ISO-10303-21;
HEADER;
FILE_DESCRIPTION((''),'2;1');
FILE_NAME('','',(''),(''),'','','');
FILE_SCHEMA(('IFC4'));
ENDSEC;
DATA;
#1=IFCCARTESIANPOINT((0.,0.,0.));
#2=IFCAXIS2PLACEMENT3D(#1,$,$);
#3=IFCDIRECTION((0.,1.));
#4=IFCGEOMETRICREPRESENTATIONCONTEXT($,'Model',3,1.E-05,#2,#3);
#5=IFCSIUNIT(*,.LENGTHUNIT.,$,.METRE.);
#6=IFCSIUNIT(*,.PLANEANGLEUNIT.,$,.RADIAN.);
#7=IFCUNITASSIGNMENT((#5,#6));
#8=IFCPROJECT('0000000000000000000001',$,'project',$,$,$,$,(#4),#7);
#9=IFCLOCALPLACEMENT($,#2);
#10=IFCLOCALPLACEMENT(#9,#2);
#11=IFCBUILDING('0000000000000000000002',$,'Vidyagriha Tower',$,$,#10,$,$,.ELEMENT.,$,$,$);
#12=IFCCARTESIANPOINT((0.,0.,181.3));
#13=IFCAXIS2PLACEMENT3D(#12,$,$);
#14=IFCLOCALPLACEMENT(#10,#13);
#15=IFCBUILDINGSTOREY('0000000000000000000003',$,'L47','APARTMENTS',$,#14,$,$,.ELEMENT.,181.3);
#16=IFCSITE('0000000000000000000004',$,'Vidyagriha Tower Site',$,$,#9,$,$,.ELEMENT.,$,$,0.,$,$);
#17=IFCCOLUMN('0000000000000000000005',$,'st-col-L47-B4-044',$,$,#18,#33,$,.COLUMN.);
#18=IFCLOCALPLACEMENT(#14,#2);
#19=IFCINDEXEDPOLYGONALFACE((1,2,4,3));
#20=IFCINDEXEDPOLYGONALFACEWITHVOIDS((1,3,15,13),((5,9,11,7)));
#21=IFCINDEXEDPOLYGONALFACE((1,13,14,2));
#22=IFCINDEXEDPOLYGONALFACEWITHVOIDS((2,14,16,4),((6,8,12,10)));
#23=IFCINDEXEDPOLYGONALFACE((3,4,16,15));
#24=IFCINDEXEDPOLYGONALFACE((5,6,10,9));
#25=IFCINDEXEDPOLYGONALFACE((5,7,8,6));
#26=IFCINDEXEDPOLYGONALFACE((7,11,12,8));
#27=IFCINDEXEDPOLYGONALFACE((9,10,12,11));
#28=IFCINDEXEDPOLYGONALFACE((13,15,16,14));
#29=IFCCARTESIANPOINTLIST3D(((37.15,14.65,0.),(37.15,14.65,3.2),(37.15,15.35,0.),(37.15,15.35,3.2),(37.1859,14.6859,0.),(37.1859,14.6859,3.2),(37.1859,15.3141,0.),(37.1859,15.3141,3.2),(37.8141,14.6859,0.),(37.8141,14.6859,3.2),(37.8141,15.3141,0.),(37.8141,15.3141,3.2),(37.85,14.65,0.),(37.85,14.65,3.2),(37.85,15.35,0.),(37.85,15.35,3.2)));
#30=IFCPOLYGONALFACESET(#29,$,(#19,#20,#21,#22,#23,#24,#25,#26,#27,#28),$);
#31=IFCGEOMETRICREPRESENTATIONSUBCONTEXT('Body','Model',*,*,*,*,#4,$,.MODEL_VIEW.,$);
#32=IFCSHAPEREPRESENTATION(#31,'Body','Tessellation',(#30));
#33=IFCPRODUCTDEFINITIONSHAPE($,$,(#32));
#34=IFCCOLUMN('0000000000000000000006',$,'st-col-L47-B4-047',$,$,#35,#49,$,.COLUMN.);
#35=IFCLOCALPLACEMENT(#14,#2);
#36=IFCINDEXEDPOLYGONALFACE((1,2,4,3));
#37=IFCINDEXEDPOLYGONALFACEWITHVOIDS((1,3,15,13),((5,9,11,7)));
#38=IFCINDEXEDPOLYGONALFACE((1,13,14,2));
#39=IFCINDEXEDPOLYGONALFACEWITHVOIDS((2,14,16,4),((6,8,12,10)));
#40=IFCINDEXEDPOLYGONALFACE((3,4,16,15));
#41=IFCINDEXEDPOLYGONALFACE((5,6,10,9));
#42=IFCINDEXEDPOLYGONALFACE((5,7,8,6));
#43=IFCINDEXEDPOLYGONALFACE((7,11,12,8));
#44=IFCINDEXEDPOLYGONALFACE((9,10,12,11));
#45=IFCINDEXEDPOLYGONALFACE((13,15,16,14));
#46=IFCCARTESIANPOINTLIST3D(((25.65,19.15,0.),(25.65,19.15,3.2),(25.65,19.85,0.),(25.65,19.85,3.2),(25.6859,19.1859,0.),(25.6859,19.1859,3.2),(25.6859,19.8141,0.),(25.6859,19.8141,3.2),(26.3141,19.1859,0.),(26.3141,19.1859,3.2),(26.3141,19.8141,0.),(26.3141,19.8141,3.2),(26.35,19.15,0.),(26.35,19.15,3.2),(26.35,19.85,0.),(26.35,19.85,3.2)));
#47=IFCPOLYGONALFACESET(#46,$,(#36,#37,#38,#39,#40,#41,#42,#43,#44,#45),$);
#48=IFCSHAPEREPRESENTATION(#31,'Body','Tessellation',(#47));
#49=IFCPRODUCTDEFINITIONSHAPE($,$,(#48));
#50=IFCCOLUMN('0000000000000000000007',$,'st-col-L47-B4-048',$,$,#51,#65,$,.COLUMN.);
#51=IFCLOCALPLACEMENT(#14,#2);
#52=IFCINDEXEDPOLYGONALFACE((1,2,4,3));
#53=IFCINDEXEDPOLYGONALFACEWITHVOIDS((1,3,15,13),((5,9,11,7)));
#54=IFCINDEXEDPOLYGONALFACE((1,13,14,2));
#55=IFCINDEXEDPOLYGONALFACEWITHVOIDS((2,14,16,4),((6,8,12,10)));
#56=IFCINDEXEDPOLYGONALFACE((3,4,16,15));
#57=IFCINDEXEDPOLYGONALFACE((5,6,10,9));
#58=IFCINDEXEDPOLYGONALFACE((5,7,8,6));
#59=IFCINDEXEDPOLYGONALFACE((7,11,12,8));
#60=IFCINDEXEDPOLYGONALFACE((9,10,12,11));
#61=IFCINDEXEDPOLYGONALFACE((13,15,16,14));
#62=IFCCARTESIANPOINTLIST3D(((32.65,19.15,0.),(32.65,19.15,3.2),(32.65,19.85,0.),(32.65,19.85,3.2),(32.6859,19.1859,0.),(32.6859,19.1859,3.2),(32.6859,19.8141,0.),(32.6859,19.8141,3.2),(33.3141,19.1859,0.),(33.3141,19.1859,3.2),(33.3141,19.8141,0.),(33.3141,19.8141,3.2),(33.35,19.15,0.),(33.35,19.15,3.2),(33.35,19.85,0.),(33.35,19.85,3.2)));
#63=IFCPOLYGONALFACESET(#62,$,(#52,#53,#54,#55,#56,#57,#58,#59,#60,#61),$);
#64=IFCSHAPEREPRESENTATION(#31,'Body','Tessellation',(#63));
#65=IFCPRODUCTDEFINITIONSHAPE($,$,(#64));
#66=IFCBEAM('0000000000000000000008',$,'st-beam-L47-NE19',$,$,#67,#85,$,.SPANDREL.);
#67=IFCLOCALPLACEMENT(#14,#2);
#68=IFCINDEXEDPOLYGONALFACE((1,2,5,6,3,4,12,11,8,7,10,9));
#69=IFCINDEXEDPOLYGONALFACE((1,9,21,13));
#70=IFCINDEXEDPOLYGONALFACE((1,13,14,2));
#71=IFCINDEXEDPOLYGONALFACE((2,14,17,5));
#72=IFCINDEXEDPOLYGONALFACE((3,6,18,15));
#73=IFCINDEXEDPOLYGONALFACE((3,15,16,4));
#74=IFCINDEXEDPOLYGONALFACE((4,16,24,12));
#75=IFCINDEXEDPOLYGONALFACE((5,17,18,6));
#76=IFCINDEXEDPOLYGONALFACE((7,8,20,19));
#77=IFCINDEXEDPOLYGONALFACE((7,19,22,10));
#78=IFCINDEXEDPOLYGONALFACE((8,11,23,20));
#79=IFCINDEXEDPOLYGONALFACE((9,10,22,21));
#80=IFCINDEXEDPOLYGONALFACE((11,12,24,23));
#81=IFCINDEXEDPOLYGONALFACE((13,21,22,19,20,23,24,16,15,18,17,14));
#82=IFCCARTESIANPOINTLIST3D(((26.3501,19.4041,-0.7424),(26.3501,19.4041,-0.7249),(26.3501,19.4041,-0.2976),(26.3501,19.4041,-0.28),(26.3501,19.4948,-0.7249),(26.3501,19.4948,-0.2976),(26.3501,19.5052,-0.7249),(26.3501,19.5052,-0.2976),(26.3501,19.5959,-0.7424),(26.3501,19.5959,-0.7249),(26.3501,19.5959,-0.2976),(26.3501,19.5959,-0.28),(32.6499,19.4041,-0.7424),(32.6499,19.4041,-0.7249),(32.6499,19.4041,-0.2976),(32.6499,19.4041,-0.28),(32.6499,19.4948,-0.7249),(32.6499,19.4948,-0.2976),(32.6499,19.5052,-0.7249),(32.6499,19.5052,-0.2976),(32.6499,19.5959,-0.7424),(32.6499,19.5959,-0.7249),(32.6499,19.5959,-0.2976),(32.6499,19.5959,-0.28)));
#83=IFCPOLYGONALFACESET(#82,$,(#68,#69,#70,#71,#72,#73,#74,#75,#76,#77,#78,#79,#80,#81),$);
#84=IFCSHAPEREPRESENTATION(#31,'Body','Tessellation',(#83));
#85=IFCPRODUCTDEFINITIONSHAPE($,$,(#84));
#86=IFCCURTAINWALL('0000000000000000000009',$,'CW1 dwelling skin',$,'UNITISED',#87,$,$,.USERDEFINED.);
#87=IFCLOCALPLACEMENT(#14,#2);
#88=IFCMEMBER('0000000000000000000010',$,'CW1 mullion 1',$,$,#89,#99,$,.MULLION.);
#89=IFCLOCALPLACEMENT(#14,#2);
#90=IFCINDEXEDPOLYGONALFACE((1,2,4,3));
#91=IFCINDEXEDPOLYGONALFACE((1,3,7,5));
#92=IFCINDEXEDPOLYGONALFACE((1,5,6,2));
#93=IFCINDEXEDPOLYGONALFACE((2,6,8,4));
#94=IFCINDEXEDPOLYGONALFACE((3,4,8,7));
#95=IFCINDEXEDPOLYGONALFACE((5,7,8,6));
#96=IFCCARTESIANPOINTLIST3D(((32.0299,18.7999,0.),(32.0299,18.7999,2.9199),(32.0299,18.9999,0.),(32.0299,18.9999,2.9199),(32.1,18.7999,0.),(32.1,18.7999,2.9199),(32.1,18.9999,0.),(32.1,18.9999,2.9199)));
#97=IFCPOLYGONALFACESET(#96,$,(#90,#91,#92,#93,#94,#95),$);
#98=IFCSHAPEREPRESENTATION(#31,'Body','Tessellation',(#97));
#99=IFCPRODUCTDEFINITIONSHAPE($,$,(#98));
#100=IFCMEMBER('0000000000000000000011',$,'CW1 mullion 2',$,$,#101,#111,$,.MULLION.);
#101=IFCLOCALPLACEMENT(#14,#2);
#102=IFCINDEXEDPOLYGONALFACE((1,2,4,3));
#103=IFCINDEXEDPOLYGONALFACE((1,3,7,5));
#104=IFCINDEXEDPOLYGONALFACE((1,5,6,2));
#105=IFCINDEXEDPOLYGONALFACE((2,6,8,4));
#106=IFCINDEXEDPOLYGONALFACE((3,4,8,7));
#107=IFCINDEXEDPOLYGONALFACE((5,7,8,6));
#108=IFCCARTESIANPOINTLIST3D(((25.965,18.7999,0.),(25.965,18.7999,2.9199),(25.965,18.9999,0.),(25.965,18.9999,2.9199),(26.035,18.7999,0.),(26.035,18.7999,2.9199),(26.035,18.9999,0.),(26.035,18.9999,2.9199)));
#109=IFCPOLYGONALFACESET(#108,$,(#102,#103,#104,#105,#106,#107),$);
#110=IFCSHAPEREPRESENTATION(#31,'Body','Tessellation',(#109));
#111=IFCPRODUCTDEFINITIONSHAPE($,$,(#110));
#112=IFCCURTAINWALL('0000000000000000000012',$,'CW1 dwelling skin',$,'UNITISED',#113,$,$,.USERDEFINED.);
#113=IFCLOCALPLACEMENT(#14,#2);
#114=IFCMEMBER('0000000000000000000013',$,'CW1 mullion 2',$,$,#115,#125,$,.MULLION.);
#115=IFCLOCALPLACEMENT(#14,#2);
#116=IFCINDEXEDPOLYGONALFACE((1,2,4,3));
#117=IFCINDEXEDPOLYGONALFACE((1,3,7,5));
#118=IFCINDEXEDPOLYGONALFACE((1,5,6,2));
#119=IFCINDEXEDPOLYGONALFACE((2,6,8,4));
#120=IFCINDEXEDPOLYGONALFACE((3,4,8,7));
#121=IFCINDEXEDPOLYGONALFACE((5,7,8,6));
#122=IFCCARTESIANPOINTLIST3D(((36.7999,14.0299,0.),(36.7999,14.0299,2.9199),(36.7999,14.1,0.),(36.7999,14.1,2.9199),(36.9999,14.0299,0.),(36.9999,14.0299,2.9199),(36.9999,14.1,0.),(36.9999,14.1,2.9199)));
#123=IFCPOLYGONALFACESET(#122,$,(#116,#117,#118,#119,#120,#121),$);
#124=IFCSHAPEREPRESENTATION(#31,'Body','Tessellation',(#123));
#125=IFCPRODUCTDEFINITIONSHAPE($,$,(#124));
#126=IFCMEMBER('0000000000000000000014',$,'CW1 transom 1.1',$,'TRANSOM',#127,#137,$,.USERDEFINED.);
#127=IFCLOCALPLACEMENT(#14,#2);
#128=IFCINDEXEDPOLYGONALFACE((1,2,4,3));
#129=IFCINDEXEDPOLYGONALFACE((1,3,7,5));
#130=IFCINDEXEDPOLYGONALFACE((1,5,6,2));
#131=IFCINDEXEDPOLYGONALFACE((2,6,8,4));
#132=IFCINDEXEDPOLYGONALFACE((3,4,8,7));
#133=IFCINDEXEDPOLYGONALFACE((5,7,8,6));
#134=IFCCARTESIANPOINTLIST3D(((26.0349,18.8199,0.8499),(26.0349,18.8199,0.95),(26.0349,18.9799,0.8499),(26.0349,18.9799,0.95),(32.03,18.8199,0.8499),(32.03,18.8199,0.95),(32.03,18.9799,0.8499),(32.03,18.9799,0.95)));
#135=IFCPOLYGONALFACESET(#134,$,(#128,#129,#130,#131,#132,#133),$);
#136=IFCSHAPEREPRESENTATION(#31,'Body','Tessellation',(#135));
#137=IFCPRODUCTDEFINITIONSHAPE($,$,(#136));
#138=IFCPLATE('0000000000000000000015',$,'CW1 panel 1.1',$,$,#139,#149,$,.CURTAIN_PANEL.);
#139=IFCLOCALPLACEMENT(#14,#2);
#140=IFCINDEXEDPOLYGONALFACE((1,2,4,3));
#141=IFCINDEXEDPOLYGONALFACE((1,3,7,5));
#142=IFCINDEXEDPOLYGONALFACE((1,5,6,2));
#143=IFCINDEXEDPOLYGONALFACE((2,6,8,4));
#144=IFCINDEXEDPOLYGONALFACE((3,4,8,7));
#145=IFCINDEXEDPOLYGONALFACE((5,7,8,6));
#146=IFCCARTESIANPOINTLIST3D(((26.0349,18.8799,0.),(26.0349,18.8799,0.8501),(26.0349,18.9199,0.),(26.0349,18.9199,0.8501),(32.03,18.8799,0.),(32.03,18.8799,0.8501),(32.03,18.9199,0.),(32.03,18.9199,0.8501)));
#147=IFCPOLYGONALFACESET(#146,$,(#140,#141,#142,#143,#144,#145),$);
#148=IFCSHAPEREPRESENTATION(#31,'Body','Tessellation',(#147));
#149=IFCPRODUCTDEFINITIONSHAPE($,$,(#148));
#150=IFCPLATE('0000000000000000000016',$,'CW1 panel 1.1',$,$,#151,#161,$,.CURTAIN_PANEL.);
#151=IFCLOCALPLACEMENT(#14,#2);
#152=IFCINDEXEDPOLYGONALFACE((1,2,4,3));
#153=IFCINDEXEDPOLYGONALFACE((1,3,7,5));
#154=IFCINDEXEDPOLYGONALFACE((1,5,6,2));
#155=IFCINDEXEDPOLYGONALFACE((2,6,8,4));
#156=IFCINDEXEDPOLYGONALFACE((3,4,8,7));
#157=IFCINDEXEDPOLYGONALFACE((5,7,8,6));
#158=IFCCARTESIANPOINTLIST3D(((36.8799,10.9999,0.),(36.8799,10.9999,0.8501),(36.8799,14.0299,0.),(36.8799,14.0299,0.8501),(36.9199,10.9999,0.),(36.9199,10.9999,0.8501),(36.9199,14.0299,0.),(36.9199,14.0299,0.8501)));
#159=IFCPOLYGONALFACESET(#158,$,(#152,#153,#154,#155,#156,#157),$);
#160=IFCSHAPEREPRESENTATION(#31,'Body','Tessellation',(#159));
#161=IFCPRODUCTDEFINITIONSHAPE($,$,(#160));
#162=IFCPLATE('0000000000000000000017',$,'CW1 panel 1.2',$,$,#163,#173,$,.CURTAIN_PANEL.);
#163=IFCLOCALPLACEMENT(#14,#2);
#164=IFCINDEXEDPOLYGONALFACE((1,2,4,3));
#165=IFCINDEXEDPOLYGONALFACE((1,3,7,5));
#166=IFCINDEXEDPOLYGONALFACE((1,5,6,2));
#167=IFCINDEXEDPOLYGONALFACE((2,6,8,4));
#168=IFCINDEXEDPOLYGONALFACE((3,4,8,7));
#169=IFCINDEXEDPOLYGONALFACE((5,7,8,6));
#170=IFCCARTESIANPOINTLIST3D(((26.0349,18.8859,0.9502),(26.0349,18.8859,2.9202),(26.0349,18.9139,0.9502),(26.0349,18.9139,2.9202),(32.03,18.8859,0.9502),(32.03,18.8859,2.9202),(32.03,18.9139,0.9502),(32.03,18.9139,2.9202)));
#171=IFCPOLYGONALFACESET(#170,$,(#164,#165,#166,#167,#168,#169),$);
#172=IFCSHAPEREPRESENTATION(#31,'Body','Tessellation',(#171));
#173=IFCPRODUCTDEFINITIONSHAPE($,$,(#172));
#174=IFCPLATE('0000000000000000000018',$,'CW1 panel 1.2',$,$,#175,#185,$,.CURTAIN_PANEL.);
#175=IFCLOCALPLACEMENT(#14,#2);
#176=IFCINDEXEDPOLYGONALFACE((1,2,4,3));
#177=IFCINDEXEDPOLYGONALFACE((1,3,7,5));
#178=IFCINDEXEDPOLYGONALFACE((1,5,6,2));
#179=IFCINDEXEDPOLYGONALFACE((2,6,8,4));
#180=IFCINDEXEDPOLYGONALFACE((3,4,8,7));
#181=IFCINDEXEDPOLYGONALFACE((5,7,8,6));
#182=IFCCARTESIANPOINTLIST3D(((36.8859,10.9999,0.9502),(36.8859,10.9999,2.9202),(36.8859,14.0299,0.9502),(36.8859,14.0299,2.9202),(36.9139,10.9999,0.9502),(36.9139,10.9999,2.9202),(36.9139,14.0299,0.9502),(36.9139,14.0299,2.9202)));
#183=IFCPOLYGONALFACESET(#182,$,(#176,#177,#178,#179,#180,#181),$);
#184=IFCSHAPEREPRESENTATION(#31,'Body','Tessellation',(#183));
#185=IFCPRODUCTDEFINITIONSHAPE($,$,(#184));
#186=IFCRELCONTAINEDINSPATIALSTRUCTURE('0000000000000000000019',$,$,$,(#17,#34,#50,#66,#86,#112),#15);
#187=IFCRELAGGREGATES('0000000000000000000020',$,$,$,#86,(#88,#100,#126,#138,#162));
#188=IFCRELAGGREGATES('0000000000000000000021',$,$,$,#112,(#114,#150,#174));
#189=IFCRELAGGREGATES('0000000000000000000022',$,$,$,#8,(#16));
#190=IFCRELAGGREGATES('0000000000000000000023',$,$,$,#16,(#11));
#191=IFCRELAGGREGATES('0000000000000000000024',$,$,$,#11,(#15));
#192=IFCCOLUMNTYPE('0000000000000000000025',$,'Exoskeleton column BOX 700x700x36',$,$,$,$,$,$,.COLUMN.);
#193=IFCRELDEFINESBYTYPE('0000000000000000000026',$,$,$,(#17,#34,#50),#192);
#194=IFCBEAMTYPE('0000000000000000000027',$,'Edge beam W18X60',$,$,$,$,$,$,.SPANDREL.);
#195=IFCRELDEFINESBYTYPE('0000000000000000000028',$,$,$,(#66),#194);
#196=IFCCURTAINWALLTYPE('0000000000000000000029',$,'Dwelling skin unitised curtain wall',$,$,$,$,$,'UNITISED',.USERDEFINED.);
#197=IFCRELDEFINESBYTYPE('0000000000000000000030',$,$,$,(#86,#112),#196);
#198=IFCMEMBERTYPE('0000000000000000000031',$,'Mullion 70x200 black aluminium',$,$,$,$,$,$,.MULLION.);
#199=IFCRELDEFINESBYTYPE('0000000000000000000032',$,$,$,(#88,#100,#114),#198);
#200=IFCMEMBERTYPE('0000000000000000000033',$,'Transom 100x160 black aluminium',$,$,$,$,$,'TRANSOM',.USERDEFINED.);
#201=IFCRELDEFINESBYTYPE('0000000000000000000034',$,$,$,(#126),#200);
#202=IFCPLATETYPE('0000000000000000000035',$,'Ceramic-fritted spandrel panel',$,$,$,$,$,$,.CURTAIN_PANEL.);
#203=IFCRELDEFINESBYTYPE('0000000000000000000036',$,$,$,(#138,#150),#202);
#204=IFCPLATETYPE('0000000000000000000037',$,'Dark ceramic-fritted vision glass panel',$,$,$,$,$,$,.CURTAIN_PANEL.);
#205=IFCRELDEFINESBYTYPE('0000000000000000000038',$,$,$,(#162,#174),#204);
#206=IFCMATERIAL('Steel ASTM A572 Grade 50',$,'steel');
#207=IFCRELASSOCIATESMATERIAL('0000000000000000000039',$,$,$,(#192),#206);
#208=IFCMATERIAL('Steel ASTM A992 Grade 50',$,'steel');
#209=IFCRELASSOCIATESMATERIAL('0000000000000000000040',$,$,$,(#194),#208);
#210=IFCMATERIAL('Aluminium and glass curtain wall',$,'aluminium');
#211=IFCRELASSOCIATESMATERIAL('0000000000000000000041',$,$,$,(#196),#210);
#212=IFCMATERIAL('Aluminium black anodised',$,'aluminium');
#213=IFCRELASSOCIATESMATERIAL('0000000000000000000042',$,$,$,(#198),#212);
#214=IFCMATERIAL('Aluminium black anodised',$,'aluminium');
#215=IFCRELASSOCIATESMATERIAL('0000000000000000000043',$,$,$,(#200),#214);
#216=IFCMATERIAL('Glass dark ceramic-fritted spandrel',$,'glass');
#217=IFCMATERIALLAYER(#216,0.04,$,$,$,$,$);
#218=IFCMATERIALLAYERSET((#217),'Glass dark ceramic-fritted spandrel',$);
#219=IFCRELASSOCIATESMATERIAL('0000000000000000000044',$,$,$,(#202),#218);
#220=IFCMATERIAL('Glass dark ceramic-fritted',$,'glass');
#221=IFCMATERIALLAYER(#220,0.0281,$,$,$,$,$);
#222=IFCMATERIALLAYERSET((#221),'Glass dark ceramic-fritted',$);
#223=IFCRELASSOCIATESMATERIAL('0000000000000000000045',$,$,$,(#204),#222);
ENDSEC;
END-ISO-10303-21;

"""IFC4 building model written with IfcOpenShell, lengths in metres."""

from ifc_helpers import new_model, si_unit, direction, frame, origin, origin_2d, place, context, subcontext, project, spatial, rectangle, hollow_rectangle, i_section, extrude, material, layer, layer_set, material_profile, profile_set, type_object, element, aggregate, save


model = new_model("IFC4")

# Units and contexts
model_context = context("Model", 3, precision=1e-05, world=origin(), true_north=direction((0.0, 1.0)))
body_context = subcontext(model_context, "Body", "Model", "MODEL_VIEW")
ifc_project = project(units=[si_unit("LENGTHUNIT", "METRE"), si_unit("PLANEANGLEUNIT", "RADIAN")], contexts=[model_context])

# Site, building, storey
site_placement = place(None, origin())
site = spatial("IfcSite", under=ifc_project, at=site_placement, Name="Vidyagriha Tower Site", CompositionType="ELEMENT", RefElevation=0.0)
building_placement = place(site_placement, origin())
building = spatial("IfcBuilding", under=site, at=building_placement, Name="Vidyagriha Tower", CompositionType="ELEMENT")
storey_placement = place(building_placement, frame((0.0, 0.0, 181.3)))
storey = spatial("IfcBuildingStorey", under=building, at=storey_placement, Name="L47", Description="APARTMENTS", CompositionType="ELEMENT", Elevation=181.3)

# Columns
ifc_material_1 = material(Name="Steel ASTM A572 Grade 50", Category="steel")
ifc_material_profile_1 = material_profile(ifc_material_1, hollow_rectangle(XDim=0.7, YDim=0.7, WallThickness=0.0359, at=origin_2d()), Name="BOX 700x700x36")
ifc_profile_set_1 = profile_set([ifc_material_profile_1], Name="Steel ASTM A572 Grade 50")
column_type = type_object("IfcColumnType", Name="Exoskeleton column BOX 700x700x36", PredefinedType="COLUMN", material=ifc_profile_set_1)
for number, where, name in (
    (1, (37.5, 15.0, 0.0), "st-col-L47-B4-044"),
    (2, (26.0, 19.5, 0.0), "st-col-L47-B4-047"),
    (3, (33.0, 19.5, 0.0), "st-col-L47-B4-048"),
):
    element("IfcColumn", number, at=place(storey_placement, frame(where)), inside=storey, type_object=column_type, Name=name, PredefinedType="COLUMN", context=body_context, shape_type="SweptSolid", body=[
        extrude(hollow_rectangle(XDim=0.7, YDim=0.7, WallThickness=0.0359, at=origin_2d()), origin(), (0.0, 0.0, 1.0), 3.2),
    ])

# Beam
ifc_material_2 = material(Name="Steel ASTM A992 Grade 50", Category="steel")
ifc_material_profile_2 = material_profile(ifc_material_2, i_section(OverallWidth=0.1919, OverallDepth=0.4624, WebThickness=0.0105, FlangeThickness=0.0176, at=origin_2d()), Name="W18X60")
ifc_profile_set_2 = profile_set([ifc_material_profile_2], Name="Steel ASTM A992 Grade 50")
beam_type = type_object("IfcBeamType", Name="Edge beam W18X60", PredefinedType="SPANDREL", material=ifc_profile_set_2)
beam_placement = place(storey_placement, frame((26.3501, 19.5, -0.5112), z_axis=(1.0, 0.0, 0.0), x_axis=(0.0, 1.0, 0.0)))
element("IfcBeam", 4, at=beam_placement, inside=storey, type_object=beam_type, Name="st-beam-L47-NE19", PredefinedType="SPANDREL", context=body_context, shape_type="SweptSolid", body=[
    extrude(i_section(OverallWidth=0.1919, OverallDepth=0.4624, WebThickness=0.0105, FlangeThickness=0.0176, at=origin_2d()), origin(), (0.0, 0.0, 1.0), 6.2998),
])

# Curtain wall, members
ifc_material_3 = material(Name="Aluminium and glass curtain wall", Category="aluminium")
curtain_wall_type = type_object("IfcCurtainWallType", Name="Dwelling skin unitised curtain wall", ElementType="UNITISED", PredefinedType="USERDEFINED", material=ifc_material_3)
curtain_wall_1_placement = place(storey_placement, origin())
curtain_wall_1 = element("IfcCurtainWall", 5, at=curtain_wall_1_placement, inside=storey, type_object=curtain_wall_type, Name="CW1 dwelling skin", ObjectType="UNITISED", PredefinedType="USERDEFINED")
ifc_material_4 = material(Name="Aluminium black anodised", Category="aluminium")
ifc_material_profile_3 = material_profile(ifc_material_4, rectangle(XDim=0.2, YDim=0.0701, at=origin_2d()), Name="Mullion 70x200 black aluminium")
ifc_profile_set_3 = profile_set([ifc_material_profile_3], Name="Aluminium black anodised")
member_type_1 = type_object("IfcMemberType", Name="Mullion 70x200 black aluminium", PredefinedType="MULLION", material=ifc_profile_set_3)
member_1_placement = place(storey_placement, frame((32.0649, 18.8999, 0.0), z_axis=(0.0, 0.0, 1.0), x_axis=(0.0, -1.0, 0.0)))
member_1 = element("IfcMember", 6, at=member_1_placement, type_object=member_type_1, Name="CW1 mullion 1", PredefinedType="MULLION", context=body_context, shape_type="SweptSolid", body=[
    extrude(rectangle(XDim=0.2, YDim=0.0701, at=origin_2d()), origin(), (0.0, 0.0, 1.0), 2.9199),
])
member_2_placement = place(storey_placement, frame((26.0, 18.8999, 0.0), z_axis=(0.0, 0.0, 1.0), x_axis=(0.0, -1.0, 0.0)))
member_2 = element("IfcMember", 7, at=member_2_placement, type_object=member_type_1, Name="CW1 mullion 2", PredefinedType="MULLION", context=body_context, shape_type="SweptSolid", body=[
    extrude(rectangle(XDim=0.2, YDim=0.0701, at=origin_2d()), origin(), (0.0, 0.0, 1.0), 2.9199),
])

# Curtain wall, member
curtain_wall_2_placement = place(storey_placement, origin())
curtain_wall_2 = element("IfcCurtainWall", 8, at=curtain_wall_2_placement, inside=storey, type_object=curtain_wall_type, Name="CW1 dwelling skin", ObjectType="UNITISED", PredefinedType="USERDEFINED")
member_3_placement = place(storey_placement, frame((36.8999, 14.0649, 0.0), z_axis=(0.0, 0.0, 1.0), x_axis=(-1.0, 0.0, 0.0)))
member_3 = element("IfcMember", 9, at=member_3_placement, type_object=member_type_1, Name="CW1 mullion 2", PredefinedType="MULLION", context=body_context, shape_type="SweptSolid", body=[
    extrude(rectangle(XDim=0.2, YDim=0.0701, at=origin_2d()), origin(), (0.0, 0.0, 1.0), 2.9199),
])

# Member
ifc_material_5 = material(Name="Aluminium black anodised", Category="aluminium")
ifc_material_profile_4 = material_profile(ifc_material_5, rectangle(XDim=0.1599, YDim=0.1001, at=origin_2d()), Name="Transom 100x160 black aluminium")
ifc_profile_set_4 = profile_set([ifc_material_profile_4], Name="Aluminium black anodised")
member_type_2 = type_object("IfcMemberType", Name="Transom 100x160 black aluminium", ElementType="TRANSOM", PredefinedType="USERDEFINED", material=ifc_profile_set_4)
member_4_placement = place(storey_placement, frame((32.03, 18.8999, 0.8999), z_axis=(-1.0, 0.0, 0.0), x_axis=(0.0, -1.0, 0.0)))
member_4 = element("IfcMember", 10, at=member_4_placement, type_object=member_type_2, Name="CW1 transom 1.1", ObjectType="TRANSOM", PredefinedType="USERDEFINED", context=body_context, shape_type="SweptSolid", body=[
    extrude(rectangle(XDim=0.1599, YDim=0.1001, at=origin_2d()), origin(), (0.0, 0.0, 1.0), 5.9951),
])

# Plates
ifc_material_6 = material(Name="Glass dark ceramic-fritted spandrel", Category="glass")
ifc_layer_1 = layer(ifc_material_6, 0.04)
ifc_layer_set_1 = layer_set([ifc_layer_1], Name="Glass dark ceramic-fritted spandrel")
plate_type_1 = type_object("IfcPlateType", Name="Ceramic-fritted spandrel panel", PredefinedType="CURTAIN_PANEL", material=ifc_layer_set_1)
plate_1_placement = place(storey_placement, frame((29.0325, 18.8999, 0.0), z_axis=(0.0, 0.0, 1.0), x_axis=(-1.0, 0.0, 0.0)))
plate_1 = element("IfcPlate", 11, at=plate_1_placement, type_object=plate_type_1, Name="CW1 panel 1.1", PredefinedType="CURTAIN_PANEL", context=body_context, shape_type="SweptSolid", body=[
    extrude(rectangle(XDim=5.9951, YDim=0.04, at=origin_2d()), origin(), (0.0, 0.0, 1.0), 0.8501),
])
plate_2_placement = place(storey_placement, frame((36.8999, 12.5149, 0.0), z_axis=(0.0, 0.0, 1.0), x_axis=(0.0, 1.0, 0.0)))
plate_2 = element("IfcPlate", 12, at=plate_2_placement, type_object=plate_type_1, Name="CW1 panel 1.1", PredefinedType="CURTAIN_PANEL", context=body_context, shape_type="SweptSolid", body=[
    extrude(rectangle(XDim=3.03, YDim=0.04, at=origin_2d()), origin(), (0.0, 0.0, 1.0), 0.8501),
])
ifc_material_7 = material(Name="Glass dark ceramic-fritted", Category="glass")
ifc_layer_2 = layer(ifc_material_7, 0.0281)
ifc_layer_set_2 = layer_set([ifc_layer_2], Name="Glass dark ceramic-fritted")
plate_type_2 = type_object("IfcPlateType", Name="Dark ceramic-fritted vision glass panel", PredefinedType="CURTAIN_PANEL", material=ifc_layer_set_2)
plate_3_placement = place(storey_placement, frame((29.0325, 18.8999, 0.9502), z_axis=(0.0, 0.0, 1.0), x_axis=(-1.0, 0.0, 0.0)))
plate_3 = element("IfcPlate", 13, at=plate_3_placement, type_object=plate_type_2, Name="CW1 panel 1.2", PredefinedType="CURTAIN_PANEL", context=body_context, shape_type="SweptSolid", body=[
    extrude(rectangle(XDim=5.9951, YDim=0.0281, at=origin_2d()), origin(), (0.0, 0.0, 1.0), 1.97),
])
aggregate(curtain_wall_1, [member_1, member_2, member_4, plate_1, plate_3])
plate_4_placement = place(storey_placement, frame((36.8999, 12.5149, 0.9502), z_axis=(0.0, 0.0, 1.0), x_axis=(0.0, 1.0, 0.0)))
plate_4 = element("IfcPlate", 14, at=plate_4_placement, type_object=plate_type_2, Name="CW1 panel 1.2", PredefinedType="CURTAIN_PANEL", context=body_context, shape_type="SweptSolid", body=[
    extrude(rectangle(XDim=3.03, YDim=0.0281, at=origin_2d()), origin(), (0.0, 0.0, 1.0), 1.97),
])
aggregate(curtain_wall_2, [member_3, plate_2, plate_4])

save(model, "model.ifc")
